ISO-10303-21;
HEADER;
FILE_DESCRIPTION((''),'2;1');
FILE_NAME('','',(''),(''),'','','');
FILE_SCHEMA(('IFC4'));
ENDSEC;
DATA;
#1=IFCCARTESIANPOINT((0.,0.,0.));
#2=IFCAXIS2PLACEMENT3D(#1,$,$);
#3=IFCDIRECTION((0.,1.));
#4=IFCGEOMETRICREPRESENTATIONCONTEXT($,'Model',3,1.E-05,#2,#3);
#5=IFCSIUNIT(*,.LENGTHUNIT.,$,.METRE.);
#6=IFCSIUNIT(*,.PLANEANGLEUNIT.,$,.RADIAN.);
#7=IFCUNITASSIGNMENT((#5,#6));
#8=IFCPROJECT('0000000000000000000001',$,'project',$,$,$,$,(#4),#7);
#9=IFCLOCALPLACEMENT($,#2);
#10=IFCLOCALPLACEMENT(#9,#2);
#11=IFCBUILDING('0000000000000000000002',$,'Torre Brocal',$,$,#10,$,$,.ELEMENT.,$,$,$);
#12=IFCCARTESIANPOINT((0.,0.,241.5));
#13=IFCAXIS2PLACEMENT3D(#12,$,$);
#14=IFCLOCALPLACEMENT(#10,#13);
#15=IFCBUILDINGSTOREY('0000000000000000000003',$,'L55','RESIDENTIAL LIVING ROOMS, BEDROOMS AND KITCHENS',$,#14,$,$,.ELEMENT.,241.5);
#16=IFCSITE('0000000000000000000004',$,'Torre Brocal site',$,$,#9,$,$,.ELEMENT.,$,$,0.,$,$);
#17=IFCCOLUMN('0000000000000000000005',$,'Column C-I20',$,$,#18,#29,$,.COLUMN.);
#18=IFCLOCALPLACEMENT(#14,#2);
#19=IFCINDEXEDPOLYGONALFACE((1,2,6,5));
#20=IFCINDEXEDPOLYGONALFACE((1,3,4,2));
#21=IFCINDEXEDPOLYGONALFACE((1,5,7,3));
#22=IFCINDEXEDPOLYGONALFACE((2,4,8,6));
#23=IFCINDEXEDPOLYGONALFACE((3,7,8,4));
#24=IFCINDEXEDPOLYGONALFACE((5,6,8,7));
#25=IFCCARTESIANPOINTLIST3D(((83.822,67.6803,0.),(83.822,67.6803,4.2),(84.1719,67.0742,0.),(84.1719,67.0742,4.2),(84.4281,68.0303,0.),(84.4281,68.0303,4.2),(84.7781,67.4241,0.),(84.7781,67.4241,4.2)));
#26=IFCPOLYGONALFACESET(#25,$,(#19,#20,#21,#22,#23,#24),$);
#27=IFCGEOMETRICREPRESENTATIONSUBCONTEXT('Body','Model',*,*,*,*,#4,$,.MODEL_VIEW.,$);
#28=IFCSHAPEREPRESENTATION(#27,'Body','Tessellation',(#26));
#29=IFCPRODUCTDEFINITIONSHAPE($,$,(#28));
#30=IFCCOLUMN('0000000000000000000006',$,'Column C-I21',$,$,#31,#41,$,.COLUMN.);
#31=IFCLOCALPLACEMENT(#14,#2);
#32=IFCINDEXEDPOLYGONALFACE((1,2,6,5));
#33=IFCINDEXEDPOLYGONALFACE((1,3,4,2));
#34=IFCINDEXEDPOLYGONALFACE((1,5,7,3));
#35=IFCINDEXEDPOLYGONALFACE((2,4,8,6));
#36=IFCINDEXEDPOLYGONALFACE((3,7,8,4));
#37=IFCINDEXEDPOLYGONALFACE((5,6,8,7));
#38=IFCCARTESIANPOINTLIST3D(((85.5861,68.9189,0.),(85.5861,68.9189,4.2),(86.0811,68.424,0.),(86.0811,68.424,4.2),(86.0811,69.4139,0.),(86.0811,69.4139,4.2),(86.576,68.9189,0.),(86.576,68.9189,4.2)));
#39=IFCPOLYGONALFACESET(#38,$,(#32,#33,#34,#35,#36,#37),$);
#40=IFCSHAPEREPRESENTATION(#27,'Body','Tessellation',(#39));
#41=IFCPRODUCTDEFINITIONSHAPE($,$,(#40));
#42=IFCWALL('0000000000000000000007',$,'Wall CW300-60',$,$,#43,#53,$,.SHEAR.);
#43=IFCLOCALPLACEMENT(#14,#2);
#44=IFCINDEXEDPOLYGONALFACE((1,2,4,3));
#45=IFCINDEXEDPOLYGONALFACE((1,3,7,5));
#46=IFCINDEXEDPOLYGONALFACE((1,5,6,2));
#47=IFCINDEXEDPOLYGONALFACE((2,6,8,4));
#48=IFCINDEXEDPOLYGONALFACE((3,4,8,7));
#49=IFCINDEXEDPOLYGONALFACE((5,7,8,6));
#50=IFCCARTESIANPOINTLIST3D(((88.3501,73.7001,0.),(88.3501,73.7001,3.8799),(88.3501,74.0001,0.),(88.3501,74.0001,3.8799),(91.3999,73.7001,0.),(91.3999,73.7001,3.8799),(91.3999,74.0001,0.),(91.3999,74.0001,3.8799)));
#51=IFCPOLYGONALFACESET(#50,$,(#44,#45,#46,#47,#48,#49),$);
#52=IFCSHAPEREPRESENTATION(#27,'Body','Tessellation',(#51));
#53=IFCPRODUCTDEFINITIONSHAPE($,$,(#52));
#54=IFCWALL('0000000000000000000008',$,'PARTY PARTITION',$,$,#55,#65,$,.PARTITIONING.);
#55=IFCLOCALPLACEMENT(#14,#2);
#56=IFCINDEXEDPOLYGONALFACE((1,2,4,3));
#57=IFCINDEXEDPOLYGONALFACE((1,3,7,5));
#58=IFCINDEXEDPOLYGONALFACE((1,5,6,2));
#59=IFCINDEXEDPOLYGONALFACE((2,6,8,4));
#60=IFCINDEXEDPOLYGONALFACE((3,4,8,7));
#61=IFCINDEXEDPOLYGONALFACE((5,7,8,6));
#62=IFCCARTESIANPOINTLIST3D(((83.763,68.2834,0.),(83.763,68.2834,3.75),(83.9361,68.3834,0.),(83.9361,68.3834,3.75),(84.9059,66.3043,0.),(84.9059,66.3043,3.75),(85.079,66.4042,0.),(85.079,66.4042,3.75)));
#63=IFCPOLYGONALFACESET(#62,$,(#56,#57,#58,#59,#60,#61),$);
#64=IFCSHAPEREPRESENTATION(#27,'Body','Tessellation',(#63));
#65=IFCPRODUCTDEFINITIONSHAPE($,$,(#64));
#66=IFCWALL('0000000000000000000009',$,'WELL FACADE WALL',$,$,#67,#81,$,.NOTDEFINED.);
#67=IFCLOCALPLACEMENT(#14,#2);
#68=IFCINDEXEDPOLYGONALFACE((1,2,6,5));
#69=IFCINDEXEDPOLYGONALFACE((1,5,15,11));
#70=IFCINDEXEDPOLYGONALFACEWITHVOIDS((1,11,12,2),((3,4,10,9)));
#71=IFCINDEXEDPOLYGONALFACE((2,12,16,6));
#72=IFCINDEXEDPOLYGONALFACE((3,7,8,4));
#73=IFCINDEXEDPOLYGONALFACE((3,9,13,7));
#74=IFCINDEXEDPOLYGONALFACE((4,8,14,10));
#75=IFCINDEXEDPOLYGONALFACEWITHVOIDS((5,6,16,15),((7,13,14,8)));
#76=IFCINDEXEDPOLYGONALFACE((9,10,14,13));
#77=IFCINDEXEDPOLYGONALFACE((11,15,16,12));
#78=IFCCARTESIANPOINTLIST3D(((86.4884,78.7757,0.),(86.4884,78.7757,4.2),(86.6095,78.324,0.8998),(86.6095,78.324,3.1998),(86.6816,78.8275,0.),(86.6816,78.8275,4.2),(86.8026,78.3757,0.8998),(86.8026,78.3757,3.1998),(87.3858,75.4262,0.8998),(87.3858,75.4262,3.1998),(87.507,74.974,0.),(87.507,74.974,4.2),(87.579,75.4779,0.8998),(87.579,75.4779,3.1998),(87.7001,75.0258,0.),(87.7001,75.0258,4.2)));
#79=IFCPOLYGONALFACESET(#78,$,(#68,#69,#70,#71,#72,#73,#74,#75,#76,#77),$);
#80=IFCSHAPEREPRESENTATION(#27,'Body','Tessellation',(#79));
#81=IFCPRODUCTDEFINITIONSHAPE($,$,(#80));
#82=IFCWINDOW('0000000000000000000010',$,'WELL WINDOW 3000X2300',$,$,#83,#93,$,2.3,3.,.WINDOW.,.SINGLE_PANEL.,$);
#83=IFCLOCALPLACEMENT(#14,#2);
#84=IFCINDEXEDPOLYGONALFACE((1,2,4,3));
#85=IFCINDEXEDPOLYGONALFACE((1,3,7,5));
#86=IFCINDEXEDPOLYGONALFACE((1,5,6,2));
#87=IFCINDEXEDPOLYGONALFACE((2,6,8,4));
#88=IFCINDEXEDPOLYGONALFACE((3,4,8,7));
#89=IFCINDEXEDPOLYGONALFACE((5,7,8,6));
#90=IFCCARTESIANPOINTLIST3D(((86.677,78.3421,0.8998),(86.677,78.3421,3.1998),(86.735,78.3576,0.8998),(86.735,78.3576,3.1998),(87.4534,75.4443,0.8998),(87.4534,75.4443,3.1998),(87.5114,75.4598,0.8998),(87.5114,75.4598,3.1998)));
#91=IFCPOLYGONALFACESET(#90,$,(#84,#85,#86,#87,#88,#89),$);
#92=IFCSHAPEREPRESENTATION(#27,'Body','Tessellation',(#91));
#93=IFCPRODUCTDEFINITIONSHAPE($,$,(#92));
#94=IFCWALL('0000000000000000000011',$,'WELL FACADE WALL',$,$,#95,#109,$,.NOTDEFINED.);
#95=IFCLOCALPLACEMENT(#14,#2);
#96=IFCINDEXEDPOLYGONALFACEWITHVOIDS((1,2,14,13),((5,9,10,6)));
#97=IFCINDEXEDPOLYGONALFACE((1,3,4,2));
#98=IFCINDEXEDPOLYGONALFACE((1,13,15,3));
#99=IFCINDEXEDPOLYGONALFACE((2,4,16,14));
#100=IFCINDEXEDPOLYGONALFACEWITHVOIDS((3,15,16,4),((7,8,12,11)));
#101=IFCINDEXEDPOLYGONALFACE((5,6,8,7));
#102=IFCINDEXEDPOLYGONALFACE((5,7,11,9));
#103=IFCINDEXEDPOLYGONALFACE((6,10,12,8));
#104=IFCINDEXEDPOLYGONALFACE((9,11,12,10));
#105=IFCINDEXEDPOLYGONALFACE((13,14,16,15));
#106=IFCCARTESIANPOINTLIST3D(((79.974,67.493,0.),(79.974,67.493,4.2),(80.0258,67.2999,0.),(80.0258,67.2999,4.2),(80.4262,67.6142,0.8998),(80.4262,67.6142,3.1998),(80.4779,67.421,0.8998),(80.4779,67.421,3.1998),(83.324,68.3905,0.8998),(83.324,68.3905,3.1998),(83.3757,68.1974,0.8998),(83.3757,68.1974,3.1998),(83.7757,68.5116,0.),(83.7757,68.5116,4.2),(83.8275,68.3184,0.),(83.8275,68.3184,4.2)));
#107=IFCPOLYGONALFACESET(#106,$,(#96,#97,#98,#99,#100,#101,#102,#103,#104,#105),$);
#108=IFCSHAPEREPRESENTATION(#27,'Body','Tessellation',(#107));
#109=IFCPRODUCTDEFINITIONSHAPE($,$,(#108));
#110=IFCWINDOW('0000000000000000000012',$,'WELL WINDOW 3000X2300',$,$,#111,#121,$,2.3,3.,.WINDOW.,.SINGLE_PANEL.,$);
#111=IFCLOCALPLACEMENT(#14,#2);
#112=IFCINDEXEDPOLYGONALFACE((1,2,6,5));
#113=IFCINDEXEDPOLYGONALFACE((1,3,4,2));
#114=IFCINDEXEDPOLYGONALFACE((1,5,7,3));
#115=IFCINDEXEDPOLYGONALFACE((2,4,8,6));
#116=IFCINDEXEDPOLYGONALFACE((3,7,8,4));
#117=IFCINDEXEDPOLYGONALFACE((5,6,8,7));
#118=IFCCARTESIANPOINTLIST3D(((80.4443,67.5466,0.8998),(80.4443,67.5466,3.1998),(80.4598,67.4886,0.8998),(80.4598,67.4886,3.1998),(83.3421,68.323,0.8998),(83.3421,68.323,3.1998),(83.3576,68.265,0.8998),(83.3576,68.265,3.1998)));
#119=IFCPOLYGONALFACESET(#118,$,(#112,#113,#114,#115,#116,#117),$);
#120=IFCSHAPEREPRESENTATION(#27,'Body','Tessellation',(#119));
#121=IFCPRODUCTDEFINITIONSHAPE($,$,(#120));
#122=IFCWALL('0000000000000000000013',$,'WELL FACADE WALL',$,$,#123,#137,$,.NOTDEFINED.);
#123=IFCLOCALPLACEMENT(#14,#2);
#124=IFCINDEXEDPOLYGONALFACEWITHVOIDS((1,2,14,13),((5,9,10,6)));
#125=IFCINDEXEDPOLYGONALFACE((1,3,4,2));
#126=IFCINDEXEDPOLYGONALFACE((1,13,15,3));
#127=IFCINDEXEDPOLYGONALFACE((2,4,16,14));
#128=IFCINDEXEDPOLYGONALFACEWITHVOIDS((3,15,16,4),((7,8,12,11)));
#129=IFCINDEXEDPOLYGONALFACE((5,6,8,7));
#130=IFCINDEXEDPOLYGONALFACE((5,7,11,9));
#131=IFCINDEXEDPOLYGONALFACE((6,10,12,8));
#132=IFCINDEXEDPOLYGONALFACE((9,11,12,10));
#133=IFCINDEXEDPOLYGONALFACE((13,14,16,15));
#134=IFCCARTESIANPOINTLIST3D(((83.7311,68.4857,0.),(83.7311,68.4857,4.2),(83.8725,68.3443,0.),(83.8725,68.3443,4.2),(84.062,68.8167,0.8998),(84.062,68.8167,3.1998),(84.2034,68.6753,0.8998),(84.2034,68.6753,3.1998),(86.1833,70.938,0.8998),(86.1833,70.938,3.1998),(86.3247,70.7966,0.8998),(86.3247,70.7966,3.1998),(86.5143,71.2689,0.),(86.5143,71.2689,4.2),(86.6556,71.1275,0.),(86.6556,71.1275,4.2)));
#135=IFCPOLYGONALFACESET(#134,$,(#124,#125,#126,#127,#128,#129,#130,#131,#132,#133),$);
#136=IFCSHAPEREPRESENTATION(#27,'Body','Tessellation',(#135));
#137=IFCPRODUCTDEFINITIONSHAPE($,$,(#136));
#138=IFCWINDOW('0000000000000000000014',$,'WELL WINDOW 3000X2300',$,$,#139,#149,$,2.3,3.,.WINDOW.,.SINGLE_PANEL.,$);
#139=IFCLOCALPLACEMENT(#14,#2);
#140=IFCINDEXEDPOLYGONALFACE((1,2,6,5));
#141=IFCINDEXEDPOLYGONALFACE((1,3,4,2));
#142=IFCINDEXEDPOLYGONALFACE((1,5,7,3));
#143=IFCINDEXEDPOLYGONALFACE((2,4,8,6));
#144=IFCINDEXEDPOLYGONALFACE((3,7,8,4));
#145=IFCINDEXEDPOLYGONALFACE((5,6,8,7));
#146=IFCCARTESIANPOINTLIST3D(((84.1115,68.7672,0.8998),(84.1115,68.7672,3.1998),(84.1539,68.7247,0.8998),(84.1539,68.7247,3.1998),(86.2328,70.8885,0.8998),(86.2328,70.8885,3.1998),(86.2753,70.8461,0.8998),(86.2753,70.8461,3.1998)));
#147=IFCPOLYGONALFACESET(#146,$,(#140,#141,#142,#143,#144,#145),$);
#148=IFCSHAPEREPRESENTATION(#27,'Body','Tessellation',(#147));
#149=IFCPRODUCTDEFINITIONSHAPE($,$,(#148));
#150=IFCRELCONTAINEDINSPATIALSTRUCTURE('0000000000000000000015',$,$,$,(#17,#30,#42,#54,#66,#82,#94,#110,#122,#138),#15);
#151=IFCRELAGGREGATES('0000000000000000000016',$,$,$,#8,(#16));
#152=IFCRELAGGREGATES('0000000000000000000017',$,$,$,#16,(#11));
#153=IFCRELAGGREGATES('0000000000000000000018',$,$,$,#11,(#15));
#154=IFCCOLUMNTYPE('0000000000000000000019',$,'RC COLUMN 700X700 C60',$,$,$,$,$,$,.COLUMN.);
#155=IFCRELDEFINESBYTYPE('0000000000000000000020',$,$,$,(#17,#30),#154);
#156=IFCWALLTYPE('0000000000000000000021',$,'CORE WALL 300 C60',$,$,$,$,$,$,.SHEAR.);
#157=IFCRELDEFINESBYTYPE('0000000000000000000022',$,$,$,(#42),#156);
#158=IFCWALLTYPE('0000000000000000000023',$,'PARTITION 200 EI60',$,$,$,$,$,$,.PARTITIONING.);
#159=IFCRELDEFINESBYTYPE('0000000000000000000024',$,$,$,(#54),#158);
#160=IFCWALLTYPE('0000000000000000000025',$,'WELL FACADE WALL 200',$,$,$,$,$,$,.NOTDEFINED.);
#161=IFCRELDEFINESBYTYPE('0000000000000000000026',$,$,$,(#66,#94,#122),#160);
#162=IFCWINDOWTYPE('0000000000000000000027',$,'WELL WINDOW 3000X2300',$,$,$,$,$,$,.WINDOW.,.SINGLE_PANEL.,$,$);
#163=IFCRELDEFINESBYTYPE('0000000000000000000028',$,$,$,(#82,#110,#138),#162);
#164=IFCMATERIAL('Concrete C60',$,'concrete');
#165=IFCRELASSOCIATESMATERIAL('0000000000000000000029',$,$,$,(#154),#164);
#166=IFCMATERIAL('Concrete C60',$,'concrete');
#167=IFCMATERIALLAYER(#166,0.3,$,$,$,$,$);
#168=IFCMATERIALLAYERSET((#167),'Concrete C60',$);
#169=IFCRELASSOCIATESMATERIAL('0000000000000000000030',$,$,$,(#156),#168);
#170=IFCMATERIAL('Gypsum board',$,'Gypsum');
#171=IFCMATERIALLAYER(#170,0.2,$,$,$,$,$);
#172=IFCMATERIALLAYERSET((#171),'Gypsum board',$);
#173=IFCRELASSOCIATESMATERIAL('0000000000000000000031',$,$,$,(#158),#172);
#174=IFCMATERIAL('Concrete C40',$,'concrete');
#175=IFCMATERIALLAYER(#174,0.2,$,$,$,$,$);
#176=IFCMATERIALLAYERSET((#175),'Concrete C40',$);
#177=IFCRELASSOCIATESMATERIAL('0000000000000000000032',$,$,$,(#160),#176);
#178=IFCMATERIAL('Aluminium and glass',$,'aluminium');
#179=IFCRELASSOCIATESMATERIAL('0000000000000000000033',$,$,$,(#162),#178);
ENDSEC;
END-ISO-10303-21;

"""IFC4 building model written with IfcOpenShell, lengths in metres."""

from ifc_helpers import new_model, si_unit, direction, frame, frame_2d, origin, origin_2d, place, context, subcontext, project, spatial, rectangle, extrude, material, layer, layer_set, material_profile, profile_set, type_object, element, fill, save


model = new_model("IFC4")

# Units and contexts
model_context = context("Model", 3, precision=1e-05, world=origin(), true_north=direction((0.0, 1.0)))
body_context = subcontext(model_context, "Body", "Model", "MODEL_VIEW")
ifc_project = project(units=[si_unit("LENGTHUNIT", "METRE"), si_unit("PLANEANGLEUNIT", "RADIAN")], contexts=[model_context])

# Site, building, storey
site_placement = place(None, origin())
site = spatial("IfcSite", under=ifc_project, at=site_placement, Name="Torre Brocal site", CompositionType="ELEMENT", RefElevation=0.0)
building_placement = place(site_placement, origin())
building = spatial("IfcBuilding", under=site, at=building_placement, Name="Torre Brocal", CompositionType="ELEMENT")
storey_placement = place(building_placement, frame((0.0, 0.0, 241.5)))
storey = spatial("IfcBuildingStorey", under=building, at=storey_placement, Name="L55", Description="RESIDENTIAL LIVING ROOMS, BEDROOMS AND KITCHENS", CompositionType="ELEMENT", Elevation=241.5)

# Columns
ifc_material_1 = material(Name="Concrete C60", Category="concrete")
ifc_material_profile = material_profile(ifc_material_1, rectangle(XDim=0.7, YDim=0.7, at=origin_2d()), Name="RC 700X700")
ifc_profile_set = profile_set([ifc_material_profile], Name="Concrete C60")
column_type = type_object("IfcColumnType", Name="RC COLUMN 700X700 C60", PredefinedType="COLUMN", material=ifc_profile_set)
for number, where, z_axis, x_axis, name in (
    (1, (84.3, 67.5522, 0.0), (0.0, 0.0, 1.0), (0.5, -0.866025, 0.0), "Column C-I20"),
    (2, (86.0811, 68.9189, 0.0), (0.0, 0.0, 1.0), (0.707107, -0.707107, 0.0), "Column C-I21"),
):
    element("IfcColumn", number, at=place(storey_placement, frame(where, z_axis=z_axis, x_axis=x_axis)), inside=storey, type_object=column_type, Name=name, PredefinedType="COLUMN", context=body_context, shape_type="SweptSolid", body=[
        extrude(rectangle(XDim=0.7, YDim=0.7, at=origin_2d()), origin(), (0.0, 0.0, 1.0), 4.2),
    ])

# Walls
ifc_material_2 = material(Name="Concrete C60", Category="concrete")
ifc_layer_1 = layer(ifc_material_2, 0.3)
ifc_layer_set_1 = layer_set([ifc_layer_1], Name="Concrete C60")
wall_type_1 = type_object("IfcWallType", Name="CORE WALL 300 C60", PredefinedType="SHEAR", material=ifc_layer_set_1)
wall_1_placement = place(storey_placement, frame((88.3501, 73.8501, 0.0), z_axis=(0.0, 0.0, 1.0), x_axis=(1.0, 0.0, 0.0)))
element("IfcWall", 3, at=wall_1_placement, inside=storey, type_object=wall_type_1, Name="Wall CW300-60", PredefinedType="SHEAR", context=body_context, shape_type="SweptSolid", body=[
    extrude(rectangle(XDim=3.0498, YDim=0.3, at=frame_2d((1.5249, 0.0))), origin(), (0.0, 0.0, 1.0), 3.8799),
])
ifc_material_3 = material(Name="Gypsum board", Category="Gypsum")
ifc_layer_2 = layer(ifc_material_3, 0.2)
ifc_layer_set_2 = layer_set([ifc_layer_2], Name="Gypsum board")
wall_type_2 = type_object("IfcWallType", Name="PARTITION 200 EI60", PredefinedType="PARTITIONING", material=ifc_layer_set_2)
wall_2_placement = place(storey_placement, frame((83.8496, 68.3333, 0.0), z_axis=(0.0, 0.0, 1.0), x_axis=(0.50008, -0.865979, 0.0)))
element("IfcWall", 4, at=wall_2_placement, inside=storey, type_object=wall_type_2, Name="PARTY PARTITION", PredefinedType="PARTITIONING", context=body_context, shape_type="SweptSolid", body=[
    extrude(rectangle(XDim=2.2854, YDim=0.2, at=frame_2d((1.1426, 0.0))), origin(), (0.0, 0.0, 1.0), 3.75),
])

# Walls, openings, windows
ifc_material_4 = material(Name="Concrete C40", Category="concrete")
ifc_layer_3 = layer(ifc_material_4, 0.2)
ifc_layer_set_3 = layer_set([ifc_layer_3], Name="Concrete C40")
wall_type_3 = type_object("IfcWallType", Name="WELL FACADE WALL 200", PredefinedType="NOTDEFINED", material=ifc_layer_set_3)
wall_3_placement = place(storey_placement, frame((87.6035, 75.0, 0.0), z_axis=(0.0, 0.0, 1.0), x_axis=(-0.25879, 0.965934, 0.0)))
wall_3 = element("IfcWall", 5, at=wall_3_placement, inside=storey, type_object=wall_type_3, Name="WELL FACADE WALL", PredefinedType="NOTDEFINED", context=body_context, shape_type="SweptSolid", body=[
    extrude(rectangle(XDim=3.9358, YDim=0.2, at=frame_2d((1.9678, 0.0))), origin(), (0.0, 0.0, 1.0), 4.2),
])
opening_1_placement = place(wall_3_placement, frame((0.468, 0.0, 0.8999)))
opening_1 = element("IfcOpeningElement", 6, at=opening_1_placement, cuts=wall_3, PredefinedType="OPENING", context=body_context, shape_type="SweptSolid", body=[
    extrude(rectangle(XDim=3.0, YDim=2.3, at=frame_2d((1.5, 1.1499))), frame((0.0, 0.1099, 0.0), z_axis=(0.0, -1.0, 0.0), x_axis=(1.0, 0.0, 0.0)), (0.0, 0.0, 1.0), 0.22),
])
ifc_material_5 = material(Name="Aluminium and glass", Category="aluminium")
window_type = type_object("IfcWindowType", Name="WELL WINDOW 3000X2300", PartitioningType="SINGLE_PANEL", PredefinedType="WINDOW", material=ifc_material_5)
window_1_placement = place(opening_1_placement, origin())
window_1 = element("IfcWindow", 7, at=window_1_placement, inside=storey, type_object=window_type, Name="WELL WINDOW 3000X2300", OverallHeight=2.3, OverallWidth=3.0, PartitioningType="SINGLE_PANEL", PredefinedType="WINDOW", context=body_context, shape_type="SweptSolid", body=[
    extrude(rectangle(XDim=3.0, YDim=2.3, at=frame_2d((1.5, 1.1499))), frame((0.0, 0.03, 0.0), z_axis=(0.0, -1.0, 0.0), x_axis=(1.0, 0.0, 0.0)), (0.0, 0.0, 1.0), 0.0601),
])
fill(opening_1, window_1)
wall_4_placement = place(storey_placement, frame((80.0, 67.3965, 0.0), z_axis=(0.0, 0.0, 1.0), x_axis=(0.965934, 0.25879, 0.0)))
wall_4 = element("IfcWall", 8, at=wall_4_placement, inside=storey, type_object=wall_type_3, Name="WELL FACADE WALL", PredefinedType="NOTDEFINED", context=body_context, shape_type="SweptSolid", body=[
    extrude(rectangle(XDim=3.9358, YDim=0.2, at=frame_2d((1.9678, 0.0))), origin(), (0.0, 0.0, 1.0), 4.2),
])
opening_2_placement = place(wall_4_placement, frame((0.468, 0.0, 0.8999)))
opening_2 = element("IfcOpeningElement", 9, at=opening_2_placement, cuts=wall_4, PredefinedType="OPENING", context=body_context, shape_type="SweptSolid", body=[
    extrude(rectangle(XDim=3.0, YDim=2.3, at=frame_2d((1.5, 1.1499))), frame((0.0, 0.1099, 0.0), z_axis=(0.0, -1.0, 0.0), x_axis=(1.0, 0.0, 0.0)), (0.0, 0.0, 1.0), 0.22),
])
window_2_placement = place(opening_2_placement, origin())
window_2 = element("IfcWindow", 10, at=window_2_placement, inside=storey, type_object=window_type, Name="WELL WINDOW 3000X2300", OverallHeight=2.3, OverallWidth=3.0, PartitioningType="SINGLE_PANEL", PredefinedType="WINDOW", context=body_context, shape_type="SweptSolid", body=[
    extrude(rectangle(XDim=3.0, YDim=2.3, at=frame_2d((1.5, 1.1499))), frame((0.0, 0.03, 0.0), z_axis=(0.0, -1.0, 0.0), x_axis=(1.0, 0.0, 0.0)), (0.0, 0.0, 1.0), 0.0601),
])
fill(opening_2, window_2)
wall_5_placement = place(storey_placement, frame((83.8018, 68.415, 0.0), z_axis=(0.0, 0.0, 1.0), x_axis=(0.707107, 0.707107, 0.0)))
wall_5 = element("IfcWall", 11, at=wall_5_placement, inside=storey, type_object=wall_type_3, Name="WELL FACADE WALL", PredefinedType="NOTDEFINED", context=body_context, shape_type="SweptSolid", body=[
    extrude(rectangle(XDim=3.936, YDim=0.2, at=frame_2d((1.968, 0.0))), origin(), (0.0, 0.0, 1.0), 4.2),
])
opening_3_placement = place(wall_5_placement, frame((0.468, 0.0, 0.8999)))
opening_3 = element("IfcOpeningElement", 12, at=opening_3_placement, cuts=wall_5, PredefinedType="OPENING", context=body_context, shape_type="SweptSolid", body=[
    extrude(rectangle(XDim=3.0, YDim=2.3, at=frame_2d((1.5, 1.1499))), frame((0.0, 0.1099, 0.0), z_axis=(0.0, -1.0, 0.0), x_axis=(1.0, 0.0, 0.0)), (0.0, 0.0, 1.0), 0.22),
])
window_3_placement = place(opening_3_placement, origin())
window_3 = element("IfcWindow", 13, at=window_3_placement, inside=storey, type_object=window_type, Name="WELL WINDOW 3000X2300", OverallHeight=2.3, OverallWidth=3.0, PartitioningType="SINGLE_PANEL", PredefinedType="WINDOW", context=body_context, shape_type="SweptSolid", body=[
    extrude(rectangle(XDim=3.0, YDim=2.3, at=frame_2d((1.5, 1.1499))), frame((0.0, 0.03, 0.0), z_axis=(0.0, -1.0, 0.0), x_axis=(1.0, 0.0, 0.0)), (0.0, 0.0, 1.0), 0.0601),
])
fill(opening_3, window_3)

save(model, "model.ifc")
